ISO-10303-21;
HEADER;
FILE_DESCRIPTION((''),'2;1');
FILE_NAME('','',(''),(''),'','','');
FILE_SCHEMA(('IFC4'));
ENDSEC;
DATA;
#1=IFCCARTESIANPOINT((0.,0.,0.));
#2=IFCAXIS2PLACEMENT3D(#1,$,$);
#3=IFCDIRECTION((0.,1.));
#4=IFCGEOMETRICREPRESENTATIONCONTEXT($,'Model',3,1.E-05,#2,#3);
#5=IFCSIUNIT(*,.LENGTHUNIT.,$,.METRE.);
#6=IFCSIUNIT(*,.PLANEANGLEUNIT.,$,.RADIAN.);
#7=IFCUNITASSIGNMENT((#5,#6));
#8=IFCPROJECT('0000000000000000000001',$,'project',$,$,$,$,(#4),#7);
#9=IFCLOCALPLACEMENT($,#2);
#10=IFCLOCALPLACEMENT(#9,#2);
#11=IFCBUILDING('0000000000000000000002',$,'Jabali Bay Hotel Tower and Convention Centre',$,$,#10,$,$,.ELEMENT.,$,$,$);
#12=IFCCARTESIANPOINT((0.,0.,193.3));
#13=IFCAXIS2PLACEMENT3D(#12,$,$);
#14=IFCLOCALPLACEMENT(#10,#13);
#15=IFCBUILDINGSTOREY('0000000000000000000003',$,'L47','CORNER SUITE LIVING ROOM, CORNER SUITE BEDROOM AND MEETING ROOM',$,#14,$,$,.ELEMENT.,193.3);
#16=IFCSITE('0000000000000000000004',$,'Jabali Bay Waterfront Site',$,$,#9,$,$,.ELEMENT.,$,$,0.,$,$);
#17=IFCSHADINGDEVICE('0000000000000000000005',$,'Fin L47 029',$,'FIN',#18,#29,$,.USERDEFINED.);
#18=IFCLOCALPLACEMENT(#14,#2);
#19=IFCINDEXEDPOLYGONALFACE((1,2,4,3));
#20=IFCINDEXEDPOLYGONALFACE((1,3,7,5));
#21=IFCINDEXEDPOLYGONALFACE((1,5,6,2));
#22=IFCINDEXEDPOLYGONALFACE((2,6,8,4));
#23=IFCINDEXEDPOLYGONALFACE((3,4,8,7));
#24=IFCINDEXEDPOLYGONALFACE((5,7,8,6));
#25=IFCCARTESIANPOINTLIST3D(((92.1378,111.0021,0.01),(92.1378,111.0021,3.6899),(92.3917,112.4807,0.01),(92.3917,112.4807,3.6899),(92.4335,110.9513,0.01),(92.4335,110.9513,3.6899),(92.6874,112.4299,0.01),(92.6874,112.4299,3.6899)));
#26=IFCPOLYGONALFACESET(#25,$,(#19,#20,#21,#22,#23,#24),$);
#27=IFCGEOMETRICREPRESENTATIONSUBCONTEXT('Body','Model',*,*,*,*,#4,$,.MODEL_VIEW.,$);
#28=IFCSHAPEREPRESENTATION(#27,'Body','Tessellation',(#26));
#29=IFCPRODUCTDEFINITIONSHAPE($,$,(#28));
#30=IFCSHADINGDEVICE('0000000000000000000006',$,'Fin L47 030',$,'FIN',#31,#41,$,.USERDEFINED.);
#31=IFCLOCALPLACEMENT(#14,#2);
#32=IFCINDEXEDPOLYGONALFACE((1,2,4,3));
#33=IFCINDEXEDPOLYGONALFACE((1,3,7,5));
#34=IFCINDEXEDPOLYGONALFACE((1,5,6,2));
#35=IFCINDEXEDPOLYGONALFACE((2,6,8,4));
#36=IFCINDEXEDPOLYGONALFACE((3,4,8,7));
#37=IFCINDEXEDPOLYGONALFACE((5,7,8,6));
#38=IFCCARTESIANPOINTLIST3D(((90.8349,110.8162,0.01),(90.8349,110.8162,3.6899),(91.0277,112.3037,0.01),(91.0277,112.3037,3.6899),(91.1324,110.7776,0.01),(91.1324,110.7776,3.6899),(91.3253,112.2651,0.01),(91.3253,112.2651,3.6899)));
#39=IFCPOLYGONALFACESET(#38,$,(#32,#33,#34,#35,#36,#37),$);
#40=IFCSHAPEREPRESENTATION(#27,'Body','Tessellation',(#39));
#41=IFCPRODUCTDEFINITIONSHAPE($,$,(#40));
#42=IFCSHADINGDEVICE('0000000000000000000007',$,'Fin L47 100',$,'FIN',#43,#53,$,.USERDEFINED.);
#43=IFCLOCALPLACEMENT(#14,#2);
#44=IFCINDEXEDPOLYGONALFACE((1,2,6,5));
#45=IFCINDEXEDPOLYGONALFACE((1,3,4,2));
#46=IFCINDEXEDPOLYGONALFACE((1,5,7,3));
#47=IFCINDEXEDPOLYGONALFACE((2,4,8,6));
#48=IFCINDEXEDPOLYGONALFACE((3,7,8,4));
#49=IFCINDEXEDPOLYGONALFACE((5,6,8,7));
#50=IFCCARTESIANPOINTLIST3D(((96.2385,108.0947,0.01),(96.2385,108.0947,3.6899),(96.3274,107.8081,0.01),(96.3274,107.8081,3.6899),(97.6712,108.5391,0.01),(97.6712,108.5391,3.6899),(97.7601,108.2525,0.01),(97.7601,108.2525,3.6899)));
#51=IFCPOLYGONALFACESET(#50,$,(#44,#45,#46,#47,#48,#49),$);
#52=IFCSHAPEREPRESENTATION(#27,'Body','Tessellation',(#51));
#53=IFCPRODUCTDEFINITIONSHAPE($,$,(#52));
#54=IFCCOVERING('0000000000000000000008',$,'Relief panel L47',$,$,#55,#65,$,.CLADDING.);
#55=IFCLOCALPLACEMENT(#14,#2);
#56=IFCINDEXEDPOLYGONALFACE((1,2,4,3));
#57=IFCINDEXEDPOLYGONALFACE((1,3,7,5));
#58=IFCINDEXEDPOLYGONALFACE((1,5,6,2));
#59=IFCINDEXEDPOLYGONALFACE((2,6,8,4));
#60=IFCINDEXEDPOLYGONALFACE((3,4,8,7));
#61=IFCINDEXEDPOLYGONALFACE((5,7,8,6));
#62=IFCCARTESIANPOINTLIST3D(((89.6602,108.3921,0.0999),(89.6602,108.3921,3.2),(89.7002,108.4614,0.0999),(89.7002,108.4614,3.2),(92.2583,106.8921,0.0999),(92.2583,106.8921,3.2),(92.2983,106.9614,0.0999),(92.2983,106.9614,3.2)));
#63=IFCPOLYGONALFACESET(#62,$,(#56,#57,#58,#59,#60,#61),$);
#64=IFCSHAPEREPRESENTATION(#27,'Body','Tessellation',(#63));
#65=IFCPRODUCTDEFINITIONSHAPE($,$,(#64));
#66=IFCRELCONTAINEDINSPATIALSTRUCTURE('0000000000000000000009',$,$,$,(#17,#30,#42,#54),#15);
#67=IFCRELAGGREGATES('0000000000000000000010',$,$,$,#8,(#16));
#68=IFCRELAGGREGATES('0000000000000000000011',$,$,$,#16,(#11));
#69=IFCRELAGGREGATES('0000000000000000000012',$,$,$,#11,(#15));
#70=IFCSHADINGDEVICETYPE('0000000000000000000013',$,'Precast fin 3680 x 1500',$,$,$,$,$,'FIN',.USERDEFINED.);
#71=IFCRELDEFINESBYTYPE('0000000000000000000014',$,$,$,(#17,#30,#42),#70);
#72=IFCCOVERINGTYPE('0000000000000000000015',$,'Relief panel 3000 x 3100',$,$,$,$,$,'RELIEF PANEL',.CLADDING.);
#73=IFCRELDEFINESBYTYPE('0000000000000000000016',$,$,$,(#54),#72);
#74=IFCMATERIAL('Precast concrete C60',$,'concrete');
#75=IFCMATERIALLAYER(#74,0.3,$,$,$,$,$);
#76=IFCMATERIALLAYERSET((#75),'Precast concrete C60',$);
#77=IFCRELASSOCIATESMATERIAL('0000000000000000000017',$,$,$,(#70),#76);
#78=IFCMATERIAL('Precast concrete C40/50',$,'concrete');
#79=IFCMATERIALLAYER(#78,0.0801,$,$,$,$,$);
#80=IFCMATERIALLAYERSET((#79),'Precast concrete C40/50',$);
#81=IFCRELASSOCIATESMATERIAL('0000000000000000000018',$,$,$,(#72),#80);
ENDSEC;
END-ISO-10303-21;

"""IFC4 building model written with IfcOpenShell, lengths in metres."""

from ifc_helpers import new_model, si_unit, direction, frame, frame_2d, origin, origin_2d, place, context, subcontext, project, spatial, rectangle, extrude, material, layer, layer_set, type_object, element, save


model = new_model("IFC4")

# Units and contexts
model_context = context("Model", 3, precision=1e-05, world=origin(), true_north=direction((0.0, 1.0)))
body_context = subcontext(model_context, "Body", "Model", "MODEL_VIEW")
ifc_project = project(units=[si_unit("LENGTHUNIT", "METRE"), si_unit("PLANEANGLEUNIT", "RADIAN")], contexts=[model_context])

# Site, building, storey
site_placement = place(None, origin())
site = spatial("IfcSite", under=ifc_project, at=site_placement, Name="Jabali Bay Waterfront Site", CompositionType="ELEMENT", RefElevation=0.0)
building_placement = place(site_placement, origin())
building = spatial("IfcBuilding", under=site, at=building_placement, Name="Jabali Bay Hotel Tower and Convention Centre", CompositionType="ELEMENT")
storey_placement = place(building_placement, frame((0.0, 0.0, 193.3)))
storey = spatial("IfcBuildingStorey", under=building, at=storey_placement, Name="L47", Description="CORNER SUITE LIVING ROOM, CORNER SUITE BEDROOM AND MEETING ROOM", CompositionType="ELEMENT", Elevation=193.3)

# Shading devices
ifc_material_1 = material(Name="Precast concrete C60", Category="concrete")
ifc_layer_1 = layer(ifc_material_1, 0.3)
ifc_layer_set_1 = layer_set([ifc_layer_1], Name="Precast concrete C60")
shading_device_type = type_object("IfcShadingDeviceType", Name="Precast fin 3680 x 1500", ElementType="FIN", PredefinedType="USERDEFINED", material=ifc_layer_set_1)
shading_device_1_placement = place(storey_placement, frame((92.2856, 110.9768, 0.01), z_axis=(0.0, 0.0, 1.0), x_axis=(0.169253, 0.985573, 0.0)))
element("IfcShadingDevice", 1, at=shading_device_1_placement, inside=storey, type_object=shading_device_type, Name="Fin L47 029", ObjectType="FIN", PredefinedType="USERDEFINED", context=body_context, shape_type="SweptSolid", body=[
    extrude(rectangle(XDim=1.5002, YDim=0.3, at=frame_2d((0.75, 0.0))), origin(), (0.0, 0.0, 1.0), 3.6799),
])
for number, where, z_axis, x_axis, name in (
    (2, (90.9836, 110.7969, 0.01), (0.0, 0.0, 1.0), (0.128581, 0.991699, 0.0), "Fin L47 030"),
    (3, (96.283, 107.9514, 0.01), (0.0, 0.0, 1.0), (0.955115, 0.296235, 0.0), "Fin L47 100"),
):
    element("IfcShadingDevice", number, at=place(storey_placement, frame(where, z_axis=z_axis, x_axis=x_axis)), inside=storey, type_object=shading_device_type, Name=name, ObjectType="FIN", PredefinedType="USERDEFINED", context=body_context, shape_type="SweptSolid", body=[
        extrude(rectangle(XDim=1.5, YDim=0.3, at=frame_2d((0.75, 0.0))), origin(), (0.0, 0.0, 1.0), 3.6799),
    ])

# Covering
ifc_material_2 = material(Name="Precast concrete C40/50", Category="concrete")
ifc_layer_2 = layer(ifc_material_2, 0.0801)
ifc_layer_set_2 = layer_set([ifc_layer_2], Name="Precast concrete C40/50")
covering_type = type_object("IfcCoveringType", Name="Relief panel 3000 x 3100", ElementType="RELIEF PANEL", PredefinedType="CLADDING", material=ifc_layer_set_2)
covering_placement = place(storey_placement, frame((90.9792, 107.6768, 0.0999), z_axis=(0.0, 0.0, 1.0), x_axis=(0.866025, -0.5, 0.0)))
element("IfcCovering", 4, at=covering_placement, inside=storey, type_object=covering_type, Name="Relief panel L47", PredefinedType="CLADDING", context=body_context, shape_type="SweptSolid", body=[
    extrude(rectangle(XDim=3.0, YDim=0.0801, at=origin_2d()), origin(), (0.0, 0.0, 1.0), 3.1001),
])

save(model, "model.ifc")
